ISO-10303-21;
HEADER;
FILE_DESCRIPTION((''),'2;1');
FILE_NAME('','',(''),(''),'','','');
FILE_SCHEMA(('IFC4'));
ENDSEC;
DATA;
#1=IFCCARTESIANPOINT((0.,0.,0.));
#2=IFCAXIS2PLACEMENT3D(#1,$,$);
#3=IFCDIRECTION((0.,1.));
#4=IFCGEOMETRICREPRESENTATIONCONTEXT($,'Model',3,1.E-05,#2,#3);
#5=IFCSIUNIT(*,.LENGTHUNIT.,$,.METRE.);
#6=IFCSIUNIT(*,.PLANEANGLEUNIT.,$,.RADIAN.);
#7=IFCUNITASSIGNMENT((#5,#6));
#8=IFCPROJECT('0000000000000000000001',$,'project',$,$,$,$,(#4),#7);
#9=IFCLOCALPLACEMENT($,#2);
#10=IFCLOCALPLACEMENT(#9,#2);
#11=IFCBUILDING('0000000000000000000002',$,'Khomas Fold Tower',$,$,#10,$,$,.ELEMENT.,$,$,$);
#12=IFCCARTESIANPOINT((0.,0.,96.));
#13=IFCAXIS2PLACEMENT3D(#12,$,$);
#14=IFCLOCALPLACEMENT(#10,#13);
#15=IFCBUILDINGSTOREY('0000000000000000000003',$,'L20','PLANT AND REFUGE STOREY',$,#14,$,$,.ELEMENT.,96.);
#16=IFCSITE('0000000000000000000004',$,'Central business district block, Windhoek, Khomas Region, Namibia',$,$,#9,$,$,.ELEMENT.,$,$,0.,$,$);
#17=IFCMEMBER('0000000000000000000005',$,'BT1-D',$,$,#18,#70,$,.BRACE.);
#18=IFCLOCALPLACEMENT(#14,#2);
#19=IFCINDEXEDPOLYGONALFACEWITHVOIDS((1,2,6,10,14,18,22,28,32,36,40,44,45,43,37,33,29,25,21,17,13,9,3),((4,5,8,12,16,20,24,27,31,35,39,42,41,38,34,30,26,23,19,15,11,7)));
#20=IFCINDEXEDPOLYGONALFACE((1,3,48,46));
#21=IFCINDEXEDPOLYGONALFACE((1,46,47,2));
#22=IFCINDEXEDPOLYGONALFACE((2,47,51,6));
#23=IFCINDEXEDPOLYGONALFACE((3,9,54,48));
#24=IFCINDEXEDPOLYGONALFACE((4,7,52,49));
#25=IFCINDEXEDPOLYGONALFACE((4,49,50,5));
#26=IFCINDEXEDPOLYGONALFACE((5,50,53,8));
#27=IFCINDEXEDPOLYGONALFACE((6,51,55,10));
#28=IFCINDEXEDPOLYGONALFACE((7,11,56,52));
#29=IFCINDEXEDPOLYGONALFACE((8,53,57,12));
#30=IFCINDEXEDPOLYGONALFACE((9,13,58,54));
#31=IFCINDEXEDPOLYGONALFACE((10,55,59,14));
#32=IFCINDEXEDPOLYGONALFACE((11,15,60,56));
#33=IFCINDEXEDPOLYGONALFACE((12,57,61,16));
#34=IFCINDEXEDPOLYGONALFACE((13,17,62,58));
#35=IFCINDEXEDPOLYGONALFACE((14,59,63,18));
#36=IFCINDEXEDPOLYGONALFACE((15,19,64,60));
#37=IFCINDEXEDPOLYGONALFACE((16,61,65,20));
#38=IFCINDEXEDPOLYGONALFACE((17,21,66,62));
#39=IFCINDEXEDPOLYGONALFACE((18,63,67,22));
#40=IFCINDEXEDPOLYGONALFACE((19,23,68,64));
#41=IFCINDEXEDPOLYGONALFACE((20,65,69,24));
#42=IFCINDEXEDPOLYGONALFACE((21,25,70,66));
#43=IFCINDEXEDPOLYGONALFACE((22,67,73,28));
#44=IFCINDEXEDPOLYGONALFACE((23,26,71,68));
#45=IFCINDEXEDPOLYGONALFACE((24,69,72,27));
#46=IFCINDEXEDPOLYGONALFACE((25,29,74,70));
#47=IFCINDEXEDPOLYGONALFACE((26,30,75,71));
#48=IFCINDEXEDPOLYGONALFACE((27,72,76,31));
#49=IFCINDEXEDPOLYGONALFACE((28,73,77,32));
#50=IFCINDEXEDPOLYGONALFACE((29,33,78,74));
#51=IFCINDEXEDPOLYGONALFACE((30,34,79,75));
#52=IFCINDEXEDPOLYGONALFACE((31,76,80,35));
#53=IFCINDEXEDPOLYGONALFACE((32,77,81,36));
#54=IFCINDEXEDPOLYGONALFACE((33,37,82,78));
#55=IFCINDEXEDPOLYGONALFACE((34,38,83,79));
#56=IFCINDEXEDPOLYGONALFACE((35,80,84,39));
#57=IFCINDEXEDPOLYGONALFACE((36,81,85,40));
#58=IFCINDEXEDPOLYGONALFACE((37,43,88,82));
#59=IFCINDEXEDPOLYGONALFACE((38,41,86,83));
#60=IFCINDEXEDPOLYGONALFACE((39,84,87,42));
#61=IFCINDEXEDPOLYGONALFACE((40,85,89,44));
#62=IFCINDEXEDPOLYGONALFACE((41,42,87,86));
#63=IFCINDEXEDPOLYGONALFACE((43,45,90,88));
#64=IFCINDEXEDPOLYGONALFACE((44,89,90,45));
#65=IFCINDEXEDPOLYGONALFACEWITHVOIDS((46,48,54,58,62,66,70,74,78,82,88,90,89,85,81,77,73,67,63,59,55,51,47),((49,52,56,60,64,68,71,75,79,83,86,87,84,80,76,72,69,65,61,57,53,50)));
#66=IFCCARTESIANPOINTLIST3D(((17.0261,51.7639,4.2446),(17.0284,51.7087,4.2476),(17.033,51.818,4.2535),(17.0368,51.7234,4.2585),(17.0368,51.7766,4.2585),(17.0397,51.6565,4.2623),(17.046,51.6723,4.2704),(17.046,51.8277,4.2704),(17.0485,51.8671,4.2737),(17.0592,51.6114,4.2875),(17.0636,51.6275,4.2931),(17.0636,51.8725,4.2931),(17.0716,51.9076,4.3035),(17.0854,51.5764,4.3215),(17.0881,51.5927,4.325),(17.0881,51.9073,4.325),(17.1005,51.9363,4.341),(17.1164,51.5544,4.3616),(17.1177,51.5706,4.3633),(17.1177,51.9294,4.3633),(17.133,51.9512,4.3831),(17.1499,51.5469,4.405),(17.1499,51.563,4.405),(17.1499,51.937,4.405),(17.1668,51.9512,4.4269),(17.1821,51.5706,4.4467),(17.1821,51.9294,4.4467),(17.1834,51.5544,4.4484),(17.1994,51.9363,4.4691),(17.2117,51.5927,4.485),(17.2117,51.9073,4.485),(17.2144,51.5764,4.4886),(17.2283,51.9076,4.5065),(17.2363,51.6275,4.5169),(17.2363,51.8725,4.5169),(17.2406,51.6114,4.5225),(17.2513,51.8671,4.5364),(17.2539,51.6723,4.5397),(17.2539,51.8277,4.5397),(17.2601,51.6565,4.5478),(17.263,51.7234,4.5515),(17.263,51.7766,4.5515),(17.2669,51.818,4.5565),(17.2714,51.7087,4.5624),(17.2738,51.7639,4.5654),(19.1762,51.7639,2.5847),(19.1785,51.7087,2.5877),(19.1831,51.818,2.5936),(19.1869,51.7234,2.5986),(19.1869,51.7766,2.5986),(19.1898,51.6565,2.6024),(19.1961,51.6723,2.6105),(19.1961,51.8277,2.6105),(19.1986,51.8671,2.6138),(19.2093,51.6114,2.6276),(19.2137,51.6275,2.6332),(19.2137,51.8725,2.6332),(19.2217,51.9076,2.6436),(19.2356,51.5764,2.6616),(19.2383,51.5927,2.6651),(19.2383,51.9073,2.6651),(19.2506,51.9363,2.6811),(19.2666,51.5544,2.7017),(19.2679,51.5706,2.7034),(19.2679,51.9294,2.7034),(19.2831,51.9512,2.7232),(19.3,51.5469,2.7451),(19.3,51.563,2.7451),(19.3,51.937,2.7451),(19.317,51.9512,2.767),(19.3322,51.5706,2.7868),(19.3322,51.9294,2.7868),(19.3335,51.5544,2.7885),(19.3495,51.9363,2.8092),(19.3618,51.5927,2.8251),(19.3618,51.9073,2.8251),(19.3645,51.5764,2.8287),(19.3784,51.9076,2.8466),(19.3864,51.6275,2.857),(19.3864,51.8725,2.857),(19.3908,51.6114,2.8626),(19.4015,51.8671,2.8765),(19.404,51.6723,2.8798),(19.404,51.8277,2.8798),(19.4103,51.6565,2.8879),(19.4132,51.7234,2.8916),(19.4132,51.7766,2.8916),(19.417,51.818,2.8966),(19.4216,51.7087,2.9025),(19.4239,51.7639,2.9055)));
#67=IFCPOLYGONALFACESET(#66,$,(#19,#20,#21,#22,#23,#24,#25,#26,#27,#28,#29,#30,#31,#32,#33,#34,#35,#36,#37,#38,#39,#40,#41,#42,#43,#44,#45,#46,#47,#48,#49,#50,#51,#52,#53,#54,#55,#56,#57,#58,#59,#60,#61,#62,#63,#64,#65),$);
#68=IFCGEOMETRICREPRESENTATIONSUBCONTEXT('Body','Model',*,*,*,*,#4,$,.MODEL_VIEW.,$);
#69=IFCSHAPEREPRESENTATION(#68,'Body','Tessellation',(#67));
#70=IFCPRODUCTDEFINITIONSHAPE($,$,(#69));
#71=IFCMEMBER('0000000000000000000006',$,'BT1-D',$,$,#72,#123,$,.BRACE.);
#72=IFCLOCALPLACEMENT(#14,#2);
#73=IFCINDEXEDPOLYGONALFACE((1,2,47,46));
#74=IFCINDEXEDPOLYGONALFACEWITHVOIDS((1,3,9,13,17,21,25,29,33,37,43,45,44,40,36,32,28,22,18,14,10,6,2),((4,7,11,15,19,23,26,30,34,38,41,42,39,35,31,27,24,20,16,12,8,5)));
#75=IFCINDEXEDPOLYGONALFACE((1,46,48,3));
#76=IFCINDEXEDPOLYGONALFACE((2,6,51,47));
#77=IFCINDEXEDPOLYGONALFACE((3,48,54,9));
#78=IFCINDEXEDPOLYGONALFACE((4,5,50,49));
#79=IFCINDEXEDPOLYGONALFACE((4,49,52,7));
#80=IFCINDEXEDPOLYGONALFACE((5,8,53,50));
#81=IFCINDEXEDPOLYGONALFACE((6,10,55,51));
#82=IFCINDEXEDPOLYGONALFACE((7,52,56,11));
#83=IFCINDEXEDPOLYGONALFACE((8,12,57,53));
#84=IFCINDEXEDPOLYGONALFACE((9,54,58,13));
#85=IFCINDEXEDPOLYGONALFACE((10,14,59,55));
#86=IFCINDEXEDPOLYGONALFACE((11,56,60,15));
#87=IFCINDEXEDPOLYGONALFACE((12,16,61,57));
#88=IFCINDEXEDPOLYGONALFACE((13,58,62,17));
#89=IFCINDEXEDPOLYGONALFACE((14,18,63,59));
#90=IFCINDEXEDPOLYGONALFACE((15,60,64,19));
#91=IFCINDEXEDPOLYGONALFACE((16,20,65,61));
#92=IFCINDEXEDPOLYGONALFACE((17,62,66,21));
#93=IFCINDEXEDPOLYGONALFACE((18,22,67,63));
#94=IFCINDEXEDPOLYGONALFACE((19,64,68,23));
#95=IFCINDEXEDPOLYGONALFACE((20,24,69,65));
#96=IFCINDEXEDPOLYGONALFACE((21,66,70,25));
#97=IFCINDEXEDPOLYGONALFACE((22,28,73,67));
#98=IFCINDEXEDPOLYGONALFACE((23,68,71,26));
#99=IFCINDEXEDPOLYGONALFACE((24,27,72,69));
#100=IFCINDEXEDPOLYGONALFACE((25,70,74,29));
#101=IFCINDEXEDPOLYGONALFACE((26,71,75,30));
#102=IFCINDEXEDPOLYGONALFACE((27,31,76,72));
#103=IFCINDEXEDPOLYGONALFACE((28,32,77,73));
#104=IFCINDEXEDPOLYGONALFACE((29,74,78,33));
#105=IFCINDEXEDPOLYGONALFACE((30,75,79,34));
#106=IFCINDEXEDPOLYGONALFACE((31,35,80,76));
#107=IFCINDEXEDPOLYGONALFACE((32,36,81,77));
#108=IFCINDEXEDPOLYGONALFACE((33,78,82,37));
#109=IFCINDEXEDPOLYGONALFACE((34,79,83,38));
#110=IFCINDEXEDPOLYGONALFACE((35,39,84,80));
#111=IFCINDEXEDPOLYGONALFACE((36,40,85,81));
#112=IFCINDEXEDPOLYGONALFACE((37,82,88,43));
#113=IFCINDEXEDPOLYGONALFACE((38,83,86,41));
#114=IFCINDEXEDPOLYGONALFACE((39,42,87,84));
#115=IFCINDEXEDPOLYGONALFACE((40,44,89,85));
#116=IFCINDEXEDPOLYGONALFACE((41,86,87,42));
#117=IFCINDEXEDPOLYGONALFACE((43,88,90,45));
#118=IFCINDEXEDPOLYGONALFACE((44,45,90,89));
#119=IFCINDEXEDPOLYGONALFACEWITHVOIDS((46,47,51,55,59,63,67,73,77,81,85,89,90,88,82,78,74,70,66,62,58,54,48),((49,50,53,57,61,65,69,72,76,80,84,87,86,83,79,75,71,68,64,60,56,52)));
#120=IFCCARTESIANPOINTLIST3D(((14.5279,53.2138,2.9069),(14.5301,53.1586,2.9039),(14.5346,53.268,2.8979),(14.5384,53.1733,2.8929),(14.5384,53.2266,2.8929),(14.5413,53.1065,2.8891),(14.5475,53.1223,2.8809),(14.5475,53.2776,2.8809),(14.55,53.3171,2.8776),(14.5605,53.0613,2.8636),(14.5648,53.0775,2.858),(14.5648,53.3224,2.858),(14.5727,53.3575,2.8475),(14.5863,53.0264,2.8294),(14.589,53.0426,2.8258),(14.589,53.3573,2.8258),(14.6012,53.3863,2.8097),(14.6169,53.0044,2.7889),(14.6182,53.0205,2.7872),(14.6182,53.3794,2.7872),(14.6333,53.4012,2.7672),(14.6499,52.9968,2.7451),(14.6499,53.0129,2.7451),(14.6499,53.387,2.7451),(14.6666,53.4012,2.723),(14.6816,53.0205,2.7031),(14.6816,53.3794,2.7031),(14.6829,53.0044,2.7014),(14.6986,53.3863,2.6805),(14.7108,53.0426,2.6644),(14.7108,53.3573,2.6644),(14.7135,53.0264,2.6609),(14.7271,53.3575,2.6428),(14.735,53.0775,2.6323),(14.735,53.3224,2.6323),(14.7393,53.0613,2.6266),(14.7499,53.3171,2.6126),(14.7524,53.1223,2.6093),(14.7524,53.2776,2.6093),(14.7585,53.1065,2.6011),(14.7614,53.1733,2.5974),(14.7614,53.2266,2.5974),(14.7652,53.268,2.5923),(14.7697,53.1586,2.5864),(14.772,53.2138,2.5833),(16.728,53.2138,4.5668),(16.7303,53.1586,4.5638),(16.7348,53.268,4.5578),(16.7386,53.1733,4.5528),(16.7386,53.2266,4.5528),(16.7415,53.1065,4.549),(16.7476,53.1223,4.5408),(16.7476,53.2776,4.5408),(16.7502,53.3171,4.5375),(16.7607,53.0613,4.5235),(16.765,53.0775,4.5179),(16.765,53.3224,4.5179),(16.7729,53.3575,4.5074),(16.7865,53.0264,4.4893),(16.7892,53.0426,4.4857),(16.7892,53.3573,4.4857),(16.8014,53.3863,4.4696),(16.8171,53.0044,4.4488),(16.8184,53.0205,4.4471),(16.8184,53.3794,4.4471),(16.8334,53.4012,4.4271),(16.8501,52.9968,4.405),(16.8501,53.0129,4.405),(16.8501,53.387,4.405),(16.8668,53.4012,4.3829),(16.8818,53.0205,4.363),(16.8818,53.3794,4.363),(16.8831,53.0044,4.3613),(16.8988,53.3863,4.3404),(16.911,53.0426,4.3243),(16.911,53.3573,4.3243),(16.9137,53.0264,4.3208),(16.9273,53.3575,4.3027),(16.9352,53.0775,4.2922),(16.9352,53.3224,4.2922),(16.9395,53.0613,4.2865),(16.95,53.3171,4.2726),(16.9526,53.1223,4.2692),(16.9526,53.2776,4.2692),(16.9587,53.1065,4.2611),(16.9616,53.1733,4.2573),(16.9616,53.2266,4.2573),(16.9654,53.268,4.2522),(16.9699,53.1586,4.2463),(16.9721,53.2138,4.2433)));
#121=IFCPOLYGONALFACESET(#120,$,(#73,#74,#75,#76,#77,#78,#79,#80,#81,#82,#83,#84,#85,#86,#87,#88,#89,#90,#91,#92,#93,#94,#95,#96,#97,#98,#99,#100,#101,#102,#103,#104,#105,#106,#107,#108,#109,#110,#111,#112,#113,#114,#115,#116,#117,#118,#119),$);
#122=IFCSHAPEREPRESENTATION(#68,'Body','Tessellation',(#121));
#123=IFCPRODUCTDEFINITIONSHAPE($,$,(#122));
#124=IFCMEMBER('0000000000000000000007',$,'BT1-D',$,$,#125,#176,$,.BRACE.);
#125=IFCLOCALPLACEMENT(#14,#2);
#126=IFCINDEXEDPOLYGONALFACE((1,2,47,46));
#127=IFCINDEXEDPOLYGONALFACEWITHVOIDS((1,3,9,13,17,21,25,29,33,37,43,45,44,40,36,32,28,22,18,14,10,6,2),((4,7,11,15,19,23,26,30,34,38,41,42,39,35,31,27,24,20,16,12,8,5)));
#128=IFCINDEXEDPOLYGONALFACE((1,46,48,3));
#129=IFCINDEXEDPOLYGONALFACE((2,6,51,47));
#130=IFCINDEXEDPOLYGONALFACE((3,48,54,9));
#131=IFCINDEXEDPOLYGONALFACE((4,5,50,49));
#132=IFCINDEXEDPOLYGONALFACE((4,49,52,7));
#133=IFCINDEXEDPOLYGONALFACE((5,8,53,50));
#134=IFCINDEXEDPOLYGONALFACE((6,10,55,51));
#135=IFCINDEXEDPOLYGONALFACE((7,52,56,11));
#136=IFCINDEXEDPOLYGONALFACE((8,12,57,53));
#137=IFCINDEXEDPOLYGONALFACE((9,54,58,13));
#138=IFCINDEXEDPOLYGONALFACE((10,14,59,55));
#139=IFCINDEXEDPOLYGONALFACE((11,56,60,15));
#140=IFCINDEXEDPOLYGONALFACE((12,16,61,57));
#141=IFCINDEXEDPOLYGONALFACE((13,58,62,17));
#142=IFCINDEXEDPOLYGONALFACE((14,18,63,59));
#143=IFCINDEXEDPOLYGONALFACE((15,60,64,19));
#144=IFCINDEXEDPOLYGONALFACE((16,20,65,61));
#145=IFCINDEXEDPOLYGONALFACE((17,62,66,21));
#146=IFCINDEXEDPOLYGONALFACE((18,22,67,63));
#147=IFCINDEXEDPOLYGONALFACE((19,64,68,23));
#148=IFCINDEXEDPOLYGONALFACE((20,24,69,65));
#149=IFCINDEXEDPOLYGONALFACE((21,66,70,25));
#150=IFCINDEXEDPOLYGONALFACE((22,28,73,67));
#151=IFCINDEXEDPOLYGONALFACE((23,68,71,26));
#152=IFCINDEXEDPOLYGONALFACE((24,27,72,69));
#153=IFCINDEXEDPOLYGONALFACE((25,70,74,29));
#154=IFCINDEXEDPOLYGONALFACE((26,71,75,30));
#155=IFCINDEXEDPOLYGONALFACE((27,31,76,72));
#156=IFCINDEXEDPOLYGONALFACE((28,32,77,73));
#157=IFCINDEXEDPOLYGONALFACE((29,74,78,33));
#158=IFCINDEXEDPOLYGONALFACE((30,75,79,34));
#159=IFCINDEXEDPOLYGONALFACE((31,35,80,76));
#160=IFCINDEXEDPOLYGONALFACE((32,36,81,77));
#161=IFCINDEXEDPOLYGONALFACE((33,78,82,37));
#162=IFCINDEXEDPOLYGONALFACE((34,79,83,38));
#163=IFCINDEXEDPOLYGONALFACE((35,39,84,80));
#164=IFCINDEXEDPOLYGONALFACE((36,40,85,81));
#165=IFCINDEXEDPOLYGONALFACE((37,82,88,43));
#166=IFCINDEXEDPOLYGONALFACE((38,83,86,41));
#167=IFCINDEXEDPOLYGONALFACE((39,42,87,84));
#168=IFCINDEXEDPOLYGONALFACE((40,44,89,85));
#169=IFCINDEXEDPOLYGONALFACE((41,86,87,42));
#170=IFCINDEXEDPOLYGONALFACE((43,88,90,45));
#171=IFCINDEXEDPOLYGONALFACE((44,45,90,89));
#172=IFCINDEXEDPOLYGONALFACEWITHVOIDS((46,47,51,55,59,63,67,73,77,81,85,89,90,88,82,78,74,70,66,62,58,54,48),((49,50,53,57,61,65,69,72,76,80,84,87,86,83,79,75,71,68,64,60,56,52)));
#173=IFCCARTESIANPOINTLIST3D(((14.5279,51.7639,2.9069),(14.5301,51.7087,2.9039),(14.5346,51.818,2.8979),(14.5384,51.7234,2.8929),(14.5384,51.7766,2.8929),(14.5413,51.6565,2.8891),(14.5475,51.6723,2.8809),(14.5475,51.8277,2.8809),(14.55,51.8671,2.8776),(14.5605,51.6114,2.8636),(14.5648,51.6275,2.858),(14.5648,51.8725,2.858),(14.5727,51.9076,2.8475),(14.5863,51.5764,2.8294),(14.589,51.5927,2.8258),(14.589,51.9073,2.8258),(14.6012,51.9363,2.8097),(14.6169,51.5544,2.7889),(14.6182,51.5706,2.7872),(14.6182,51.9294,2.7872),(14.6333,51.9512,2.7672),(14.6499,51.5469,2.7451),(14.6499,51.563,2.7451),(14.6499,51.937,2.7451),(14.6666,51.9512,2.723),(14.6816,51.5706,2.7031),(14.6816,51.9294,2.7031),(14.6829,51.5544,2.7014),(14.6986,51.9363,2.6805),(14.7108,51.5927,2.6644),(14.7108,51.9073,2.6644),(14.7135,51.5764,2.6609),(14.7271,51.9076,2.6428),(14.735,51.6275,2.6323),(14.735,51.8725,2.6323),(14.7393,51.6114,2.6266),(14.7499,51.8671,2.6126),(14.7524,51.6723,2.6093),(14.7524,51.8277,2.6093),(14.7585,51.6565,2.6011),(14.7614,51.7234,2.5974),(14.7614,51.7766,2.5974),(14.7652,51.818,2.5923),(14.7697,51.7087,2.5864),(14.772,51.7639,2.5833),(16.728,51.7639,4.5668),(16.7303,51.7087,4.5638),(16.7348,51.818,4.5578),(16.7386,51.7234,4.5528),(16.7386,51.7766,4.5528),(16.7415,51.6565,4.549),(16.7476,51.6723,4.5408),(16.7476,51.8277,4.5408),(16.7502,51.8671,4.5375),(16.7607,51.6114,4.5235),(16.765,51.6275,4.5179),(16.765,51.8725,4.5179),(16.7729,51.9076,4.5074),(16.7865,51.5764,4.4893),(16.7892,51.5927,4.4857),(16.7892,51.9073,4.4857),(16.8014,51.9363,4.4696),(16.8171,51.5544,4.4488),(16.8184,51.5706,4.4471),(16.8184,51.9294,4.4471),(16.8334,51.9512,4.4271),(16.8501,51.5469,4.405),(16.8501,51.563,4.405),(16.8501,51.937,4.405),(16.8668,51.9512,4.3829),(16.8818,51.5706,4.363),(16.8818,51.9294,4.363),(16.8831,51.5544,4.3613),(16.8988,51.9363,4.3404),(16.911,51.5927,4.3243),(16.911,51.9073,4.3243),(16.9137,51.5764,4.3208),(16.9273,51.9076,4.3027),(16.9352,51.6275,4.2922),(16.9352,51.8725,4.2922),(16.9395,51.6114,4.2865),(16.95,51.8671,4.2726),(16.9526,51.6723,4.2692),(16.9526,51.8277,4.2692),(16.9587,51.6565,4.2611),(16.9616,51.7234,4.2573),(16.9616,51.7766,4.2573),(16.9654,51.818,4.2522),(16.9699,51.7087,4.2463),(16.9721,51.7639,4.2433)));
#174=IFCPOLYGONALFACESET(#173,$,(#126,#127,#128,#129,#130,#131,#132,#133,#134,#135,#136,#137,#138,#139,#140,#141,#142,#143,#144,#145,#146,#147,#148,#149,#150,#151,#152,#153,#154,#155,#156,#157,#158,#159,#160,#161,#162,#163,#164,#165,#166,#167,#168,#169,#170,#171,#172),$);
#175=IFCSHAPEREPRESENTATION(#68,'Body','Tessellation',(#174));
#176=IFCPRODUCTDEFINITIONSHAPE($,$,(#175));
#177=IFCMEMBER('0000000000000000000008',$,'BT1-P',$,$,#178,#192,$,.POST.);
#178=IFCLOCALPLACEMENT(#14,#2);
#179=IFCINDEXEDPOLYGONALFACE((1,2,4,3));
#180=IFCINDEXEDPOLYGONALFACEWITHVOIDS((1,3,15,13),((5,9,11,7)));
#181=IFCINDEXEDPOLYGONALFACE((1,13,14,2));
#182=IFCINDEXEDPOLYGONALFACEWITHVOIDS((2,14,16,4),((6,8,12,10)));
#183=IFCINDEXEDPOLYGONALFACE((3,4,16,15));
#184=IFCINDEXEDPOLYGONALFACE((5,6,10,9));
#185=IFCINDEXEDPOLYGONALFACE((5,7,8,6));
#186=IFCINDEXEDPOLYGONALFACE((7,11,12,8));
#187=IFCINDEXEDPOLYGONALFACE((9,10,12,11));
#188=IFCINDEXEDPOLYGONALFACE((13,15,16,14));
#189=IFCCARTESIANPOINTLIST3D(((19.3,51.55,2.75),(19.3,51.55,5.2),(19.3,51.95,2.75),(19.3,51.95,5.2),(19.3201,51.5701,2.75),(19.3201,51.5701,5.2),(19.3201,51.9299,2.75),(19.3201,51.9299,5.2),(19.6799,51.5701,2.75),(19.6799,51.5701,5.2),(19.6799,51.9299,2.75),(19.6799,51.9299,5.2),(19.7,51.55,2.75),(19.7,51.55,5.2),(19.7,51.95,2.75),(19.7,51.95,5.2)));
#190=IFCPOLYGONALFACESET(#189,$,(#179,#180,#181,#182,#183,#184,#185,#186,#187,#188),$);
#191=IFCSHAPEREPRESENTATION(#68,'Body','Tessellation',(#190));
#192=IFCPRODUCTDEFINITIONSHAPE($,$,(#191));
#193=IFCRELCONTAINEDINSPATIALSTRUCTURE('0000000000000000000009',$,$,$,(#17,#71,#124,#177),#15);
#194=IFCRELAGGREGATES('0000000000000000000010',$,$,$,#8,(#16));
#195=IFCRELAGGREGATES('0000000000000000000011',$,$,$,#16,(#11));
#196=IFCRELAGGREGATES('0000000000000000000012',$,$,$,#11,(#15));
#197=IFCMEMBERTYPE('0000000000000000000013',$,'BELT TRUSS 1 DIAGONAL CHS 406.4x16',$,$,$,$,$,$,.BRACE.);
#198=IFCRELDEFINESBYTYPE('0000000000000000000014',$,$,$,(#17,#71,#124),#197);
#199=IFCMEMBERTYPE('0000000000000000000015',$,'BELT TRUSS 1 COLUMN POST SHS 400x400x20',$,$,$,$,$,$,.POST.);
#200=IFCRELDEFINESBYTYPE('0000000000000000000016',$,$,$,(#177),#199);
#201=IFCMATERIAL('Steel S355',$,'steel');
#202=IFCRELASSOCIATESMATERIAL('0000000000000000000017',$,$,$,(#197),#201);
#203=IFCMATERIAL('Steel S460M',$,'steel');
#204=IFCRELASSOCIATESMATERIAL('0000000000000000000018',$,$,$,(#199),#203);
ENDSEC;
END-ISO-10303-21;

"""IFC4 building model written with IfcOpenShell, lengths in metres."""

from ifc_helpers import new_model, si_unit, direction, frame, origin, origin_2d, place, context, subcontext, project, spatial, hollow_rectangle, hollow_circle, extrude, source, transform, mapped, material, material_profile, profile_set, type_object, element, save


model = new_model("IFC4")

# Units and contexts
model_context = context("Model", 3, precision=1e-05, world=origin(), true_north=direction((0.0, 1.0)))
body_context = subcontext(model_context, "Body", "Model", "MODEL_VIEW")
ifc_project = project(units=[si_unit("LENGTHUNIT", "METRE"), si_unit("PLANEANGLEUNIT", "RADIAN")], contexts=[model_context])

# Site, building, storey
site_placement = place(None, origin())
site = spatial("IfcSite", under=ifc_project, at=site_placement, Name="Central business district block, Windhoek, Khomas Region, Namibia", CompositionType="ELEMENT", RefElevation=0.0)
building_placement = place(site_placement, origin())
building = spatial("IfcBuilding", under=site, at=building_placement, Name="Khomas Fold Tower", CompositionType="ELEMENT")
storey_placement = place(building_placement, frame((0.0, 0.0, 96.0)))
storey = spatial("IfcBuildingStorey", under=building, at=storey_placement, Name="L20", Description="PLANT AND REFUGE STOREY", CompositionType="ELEMENT", Elevation=96.0)

# Members
ifc_material_1 = material(Name="Steel S355", Category="steel")
ifc_material_profile_1 = material_profile(ifc_material_1, hollow_circle(Radius=0.2031, WallThickness=0.0161, at=origin_2d()), Name="CHS 406.4x16")
ifc_profile_set_1 = profile_set([ifc_material_profile_1], Name="Steel S355")
member_type_1 = type_object("IfcMemberType", Name="BELT TRUSS 1 DIAGONAL CHS 406.4x16", PredefinedType="BRACE", material=ifc_profile_set_1)
shared_shape_1 = source(origin(), body_context, "Body", "SweptSolid", [
    extrude(hollow_circle(Radius=0.2031, WallThickness=0.0161, at=origin_2d()), origin(), (0.0, 0.0, 1.0), 2.7163),
])
for number, where, z_axis, x_axis, name in (
    (1, (19.3, 51.75, 2.7451), (-0.791564, 0.0, 0.611087), (0.0, -1.0, 0.0), "BT1-D"),
):
    element("IfcMember", number, at=place(storey_placement, frame(where, z_axis=z_axis, x_axis=x_axis)), inside=storey, type_object=member_type_1, Name=name, PredefinedType="BRACE", context=body_context, shape_type="MappedRepresentation", body=[
        mapped(shared_shape_1, transform((0.0, 0.0, 0.0))),
    ])
shared_shape_2 = source(origin(), body_context, "Body", "SweptSolid", [
    extrude(hollow_circle(Radius=0.2031, WallThickness=0.0161, at=origin_2d()), origin(), (0.0, 0.0, 1.0), 2.7561),
])
for number, where, z_axis, x_axis, name in (
    (2, (16.8501, 53.2, 4.405), (-0.798296, 0.0, -0.602265), (0.0, -1.0, 0.0), "BT1-D"),
    (3, (16.8501, 51.75, 4.405), (-0.798296, 0.0, -0.602265), (0.0, -1.0, 0.0), "BT1-D"),
):
    element("IfcMember", number, at=place(storey_placement, frame(where, z_axis=z_axis, x_axis=x_axis)), inside=storey, type_object=member_type_1, Name=name, PredefinedType="BRACE", context=body_context, shape_type="MappedRepresentation", body=[
        mapped(shared_shape_2, transform((0.0, 0.0, 0.0))),
    ])
ifc_material_2 = material(Name="Steel S460M", Category="steel")
ifc_material_profile_2 = material_profile(ifc_material_2, hollow_rectangle(XDim=0.3999, YDim=0.3999, WallThickness=0.02, at=origin_2d()), Name="SHS 400x400x20")
ifc_profile_set_2 = profile_set([ifc_material_profile_2], Name="Steel S460M")
member_type_2 = type_object("IfcMemberType", Name="BELT TRUSS 1 COLUMN POST SHS 400x400x20", PredefinedType="POST", material=ifc_profile_set_2)
shared_shape_3 = source(origin(), body_context, "Body", "SweptSolid", [
    extrude(hollow_rectangle(XDim=0.3999, YDim=0.3999, WallThickness=0.02, at=origin_2d()), origin(), (0.0, 0.0, 1.0), 2.45),
])
member_1_placement = place(storey_placement, frame((19.5, 51.75, 2.75), z_axis=(0.0, 0.0, 1.0), x_axis=(1.0, 0.0, 0.0)))
element("IfcMember", 4, at=member_1_placement, inside=storey, type_object=member_type_2, Name="BT1-P", PredefinedType="POST", context=body_context, shape_type="MappedRepresentation", body=[
    mapped(shared_shape_3, transform((0.0, 0.0, 0.0))),
])

save(model, "model.ifc")
